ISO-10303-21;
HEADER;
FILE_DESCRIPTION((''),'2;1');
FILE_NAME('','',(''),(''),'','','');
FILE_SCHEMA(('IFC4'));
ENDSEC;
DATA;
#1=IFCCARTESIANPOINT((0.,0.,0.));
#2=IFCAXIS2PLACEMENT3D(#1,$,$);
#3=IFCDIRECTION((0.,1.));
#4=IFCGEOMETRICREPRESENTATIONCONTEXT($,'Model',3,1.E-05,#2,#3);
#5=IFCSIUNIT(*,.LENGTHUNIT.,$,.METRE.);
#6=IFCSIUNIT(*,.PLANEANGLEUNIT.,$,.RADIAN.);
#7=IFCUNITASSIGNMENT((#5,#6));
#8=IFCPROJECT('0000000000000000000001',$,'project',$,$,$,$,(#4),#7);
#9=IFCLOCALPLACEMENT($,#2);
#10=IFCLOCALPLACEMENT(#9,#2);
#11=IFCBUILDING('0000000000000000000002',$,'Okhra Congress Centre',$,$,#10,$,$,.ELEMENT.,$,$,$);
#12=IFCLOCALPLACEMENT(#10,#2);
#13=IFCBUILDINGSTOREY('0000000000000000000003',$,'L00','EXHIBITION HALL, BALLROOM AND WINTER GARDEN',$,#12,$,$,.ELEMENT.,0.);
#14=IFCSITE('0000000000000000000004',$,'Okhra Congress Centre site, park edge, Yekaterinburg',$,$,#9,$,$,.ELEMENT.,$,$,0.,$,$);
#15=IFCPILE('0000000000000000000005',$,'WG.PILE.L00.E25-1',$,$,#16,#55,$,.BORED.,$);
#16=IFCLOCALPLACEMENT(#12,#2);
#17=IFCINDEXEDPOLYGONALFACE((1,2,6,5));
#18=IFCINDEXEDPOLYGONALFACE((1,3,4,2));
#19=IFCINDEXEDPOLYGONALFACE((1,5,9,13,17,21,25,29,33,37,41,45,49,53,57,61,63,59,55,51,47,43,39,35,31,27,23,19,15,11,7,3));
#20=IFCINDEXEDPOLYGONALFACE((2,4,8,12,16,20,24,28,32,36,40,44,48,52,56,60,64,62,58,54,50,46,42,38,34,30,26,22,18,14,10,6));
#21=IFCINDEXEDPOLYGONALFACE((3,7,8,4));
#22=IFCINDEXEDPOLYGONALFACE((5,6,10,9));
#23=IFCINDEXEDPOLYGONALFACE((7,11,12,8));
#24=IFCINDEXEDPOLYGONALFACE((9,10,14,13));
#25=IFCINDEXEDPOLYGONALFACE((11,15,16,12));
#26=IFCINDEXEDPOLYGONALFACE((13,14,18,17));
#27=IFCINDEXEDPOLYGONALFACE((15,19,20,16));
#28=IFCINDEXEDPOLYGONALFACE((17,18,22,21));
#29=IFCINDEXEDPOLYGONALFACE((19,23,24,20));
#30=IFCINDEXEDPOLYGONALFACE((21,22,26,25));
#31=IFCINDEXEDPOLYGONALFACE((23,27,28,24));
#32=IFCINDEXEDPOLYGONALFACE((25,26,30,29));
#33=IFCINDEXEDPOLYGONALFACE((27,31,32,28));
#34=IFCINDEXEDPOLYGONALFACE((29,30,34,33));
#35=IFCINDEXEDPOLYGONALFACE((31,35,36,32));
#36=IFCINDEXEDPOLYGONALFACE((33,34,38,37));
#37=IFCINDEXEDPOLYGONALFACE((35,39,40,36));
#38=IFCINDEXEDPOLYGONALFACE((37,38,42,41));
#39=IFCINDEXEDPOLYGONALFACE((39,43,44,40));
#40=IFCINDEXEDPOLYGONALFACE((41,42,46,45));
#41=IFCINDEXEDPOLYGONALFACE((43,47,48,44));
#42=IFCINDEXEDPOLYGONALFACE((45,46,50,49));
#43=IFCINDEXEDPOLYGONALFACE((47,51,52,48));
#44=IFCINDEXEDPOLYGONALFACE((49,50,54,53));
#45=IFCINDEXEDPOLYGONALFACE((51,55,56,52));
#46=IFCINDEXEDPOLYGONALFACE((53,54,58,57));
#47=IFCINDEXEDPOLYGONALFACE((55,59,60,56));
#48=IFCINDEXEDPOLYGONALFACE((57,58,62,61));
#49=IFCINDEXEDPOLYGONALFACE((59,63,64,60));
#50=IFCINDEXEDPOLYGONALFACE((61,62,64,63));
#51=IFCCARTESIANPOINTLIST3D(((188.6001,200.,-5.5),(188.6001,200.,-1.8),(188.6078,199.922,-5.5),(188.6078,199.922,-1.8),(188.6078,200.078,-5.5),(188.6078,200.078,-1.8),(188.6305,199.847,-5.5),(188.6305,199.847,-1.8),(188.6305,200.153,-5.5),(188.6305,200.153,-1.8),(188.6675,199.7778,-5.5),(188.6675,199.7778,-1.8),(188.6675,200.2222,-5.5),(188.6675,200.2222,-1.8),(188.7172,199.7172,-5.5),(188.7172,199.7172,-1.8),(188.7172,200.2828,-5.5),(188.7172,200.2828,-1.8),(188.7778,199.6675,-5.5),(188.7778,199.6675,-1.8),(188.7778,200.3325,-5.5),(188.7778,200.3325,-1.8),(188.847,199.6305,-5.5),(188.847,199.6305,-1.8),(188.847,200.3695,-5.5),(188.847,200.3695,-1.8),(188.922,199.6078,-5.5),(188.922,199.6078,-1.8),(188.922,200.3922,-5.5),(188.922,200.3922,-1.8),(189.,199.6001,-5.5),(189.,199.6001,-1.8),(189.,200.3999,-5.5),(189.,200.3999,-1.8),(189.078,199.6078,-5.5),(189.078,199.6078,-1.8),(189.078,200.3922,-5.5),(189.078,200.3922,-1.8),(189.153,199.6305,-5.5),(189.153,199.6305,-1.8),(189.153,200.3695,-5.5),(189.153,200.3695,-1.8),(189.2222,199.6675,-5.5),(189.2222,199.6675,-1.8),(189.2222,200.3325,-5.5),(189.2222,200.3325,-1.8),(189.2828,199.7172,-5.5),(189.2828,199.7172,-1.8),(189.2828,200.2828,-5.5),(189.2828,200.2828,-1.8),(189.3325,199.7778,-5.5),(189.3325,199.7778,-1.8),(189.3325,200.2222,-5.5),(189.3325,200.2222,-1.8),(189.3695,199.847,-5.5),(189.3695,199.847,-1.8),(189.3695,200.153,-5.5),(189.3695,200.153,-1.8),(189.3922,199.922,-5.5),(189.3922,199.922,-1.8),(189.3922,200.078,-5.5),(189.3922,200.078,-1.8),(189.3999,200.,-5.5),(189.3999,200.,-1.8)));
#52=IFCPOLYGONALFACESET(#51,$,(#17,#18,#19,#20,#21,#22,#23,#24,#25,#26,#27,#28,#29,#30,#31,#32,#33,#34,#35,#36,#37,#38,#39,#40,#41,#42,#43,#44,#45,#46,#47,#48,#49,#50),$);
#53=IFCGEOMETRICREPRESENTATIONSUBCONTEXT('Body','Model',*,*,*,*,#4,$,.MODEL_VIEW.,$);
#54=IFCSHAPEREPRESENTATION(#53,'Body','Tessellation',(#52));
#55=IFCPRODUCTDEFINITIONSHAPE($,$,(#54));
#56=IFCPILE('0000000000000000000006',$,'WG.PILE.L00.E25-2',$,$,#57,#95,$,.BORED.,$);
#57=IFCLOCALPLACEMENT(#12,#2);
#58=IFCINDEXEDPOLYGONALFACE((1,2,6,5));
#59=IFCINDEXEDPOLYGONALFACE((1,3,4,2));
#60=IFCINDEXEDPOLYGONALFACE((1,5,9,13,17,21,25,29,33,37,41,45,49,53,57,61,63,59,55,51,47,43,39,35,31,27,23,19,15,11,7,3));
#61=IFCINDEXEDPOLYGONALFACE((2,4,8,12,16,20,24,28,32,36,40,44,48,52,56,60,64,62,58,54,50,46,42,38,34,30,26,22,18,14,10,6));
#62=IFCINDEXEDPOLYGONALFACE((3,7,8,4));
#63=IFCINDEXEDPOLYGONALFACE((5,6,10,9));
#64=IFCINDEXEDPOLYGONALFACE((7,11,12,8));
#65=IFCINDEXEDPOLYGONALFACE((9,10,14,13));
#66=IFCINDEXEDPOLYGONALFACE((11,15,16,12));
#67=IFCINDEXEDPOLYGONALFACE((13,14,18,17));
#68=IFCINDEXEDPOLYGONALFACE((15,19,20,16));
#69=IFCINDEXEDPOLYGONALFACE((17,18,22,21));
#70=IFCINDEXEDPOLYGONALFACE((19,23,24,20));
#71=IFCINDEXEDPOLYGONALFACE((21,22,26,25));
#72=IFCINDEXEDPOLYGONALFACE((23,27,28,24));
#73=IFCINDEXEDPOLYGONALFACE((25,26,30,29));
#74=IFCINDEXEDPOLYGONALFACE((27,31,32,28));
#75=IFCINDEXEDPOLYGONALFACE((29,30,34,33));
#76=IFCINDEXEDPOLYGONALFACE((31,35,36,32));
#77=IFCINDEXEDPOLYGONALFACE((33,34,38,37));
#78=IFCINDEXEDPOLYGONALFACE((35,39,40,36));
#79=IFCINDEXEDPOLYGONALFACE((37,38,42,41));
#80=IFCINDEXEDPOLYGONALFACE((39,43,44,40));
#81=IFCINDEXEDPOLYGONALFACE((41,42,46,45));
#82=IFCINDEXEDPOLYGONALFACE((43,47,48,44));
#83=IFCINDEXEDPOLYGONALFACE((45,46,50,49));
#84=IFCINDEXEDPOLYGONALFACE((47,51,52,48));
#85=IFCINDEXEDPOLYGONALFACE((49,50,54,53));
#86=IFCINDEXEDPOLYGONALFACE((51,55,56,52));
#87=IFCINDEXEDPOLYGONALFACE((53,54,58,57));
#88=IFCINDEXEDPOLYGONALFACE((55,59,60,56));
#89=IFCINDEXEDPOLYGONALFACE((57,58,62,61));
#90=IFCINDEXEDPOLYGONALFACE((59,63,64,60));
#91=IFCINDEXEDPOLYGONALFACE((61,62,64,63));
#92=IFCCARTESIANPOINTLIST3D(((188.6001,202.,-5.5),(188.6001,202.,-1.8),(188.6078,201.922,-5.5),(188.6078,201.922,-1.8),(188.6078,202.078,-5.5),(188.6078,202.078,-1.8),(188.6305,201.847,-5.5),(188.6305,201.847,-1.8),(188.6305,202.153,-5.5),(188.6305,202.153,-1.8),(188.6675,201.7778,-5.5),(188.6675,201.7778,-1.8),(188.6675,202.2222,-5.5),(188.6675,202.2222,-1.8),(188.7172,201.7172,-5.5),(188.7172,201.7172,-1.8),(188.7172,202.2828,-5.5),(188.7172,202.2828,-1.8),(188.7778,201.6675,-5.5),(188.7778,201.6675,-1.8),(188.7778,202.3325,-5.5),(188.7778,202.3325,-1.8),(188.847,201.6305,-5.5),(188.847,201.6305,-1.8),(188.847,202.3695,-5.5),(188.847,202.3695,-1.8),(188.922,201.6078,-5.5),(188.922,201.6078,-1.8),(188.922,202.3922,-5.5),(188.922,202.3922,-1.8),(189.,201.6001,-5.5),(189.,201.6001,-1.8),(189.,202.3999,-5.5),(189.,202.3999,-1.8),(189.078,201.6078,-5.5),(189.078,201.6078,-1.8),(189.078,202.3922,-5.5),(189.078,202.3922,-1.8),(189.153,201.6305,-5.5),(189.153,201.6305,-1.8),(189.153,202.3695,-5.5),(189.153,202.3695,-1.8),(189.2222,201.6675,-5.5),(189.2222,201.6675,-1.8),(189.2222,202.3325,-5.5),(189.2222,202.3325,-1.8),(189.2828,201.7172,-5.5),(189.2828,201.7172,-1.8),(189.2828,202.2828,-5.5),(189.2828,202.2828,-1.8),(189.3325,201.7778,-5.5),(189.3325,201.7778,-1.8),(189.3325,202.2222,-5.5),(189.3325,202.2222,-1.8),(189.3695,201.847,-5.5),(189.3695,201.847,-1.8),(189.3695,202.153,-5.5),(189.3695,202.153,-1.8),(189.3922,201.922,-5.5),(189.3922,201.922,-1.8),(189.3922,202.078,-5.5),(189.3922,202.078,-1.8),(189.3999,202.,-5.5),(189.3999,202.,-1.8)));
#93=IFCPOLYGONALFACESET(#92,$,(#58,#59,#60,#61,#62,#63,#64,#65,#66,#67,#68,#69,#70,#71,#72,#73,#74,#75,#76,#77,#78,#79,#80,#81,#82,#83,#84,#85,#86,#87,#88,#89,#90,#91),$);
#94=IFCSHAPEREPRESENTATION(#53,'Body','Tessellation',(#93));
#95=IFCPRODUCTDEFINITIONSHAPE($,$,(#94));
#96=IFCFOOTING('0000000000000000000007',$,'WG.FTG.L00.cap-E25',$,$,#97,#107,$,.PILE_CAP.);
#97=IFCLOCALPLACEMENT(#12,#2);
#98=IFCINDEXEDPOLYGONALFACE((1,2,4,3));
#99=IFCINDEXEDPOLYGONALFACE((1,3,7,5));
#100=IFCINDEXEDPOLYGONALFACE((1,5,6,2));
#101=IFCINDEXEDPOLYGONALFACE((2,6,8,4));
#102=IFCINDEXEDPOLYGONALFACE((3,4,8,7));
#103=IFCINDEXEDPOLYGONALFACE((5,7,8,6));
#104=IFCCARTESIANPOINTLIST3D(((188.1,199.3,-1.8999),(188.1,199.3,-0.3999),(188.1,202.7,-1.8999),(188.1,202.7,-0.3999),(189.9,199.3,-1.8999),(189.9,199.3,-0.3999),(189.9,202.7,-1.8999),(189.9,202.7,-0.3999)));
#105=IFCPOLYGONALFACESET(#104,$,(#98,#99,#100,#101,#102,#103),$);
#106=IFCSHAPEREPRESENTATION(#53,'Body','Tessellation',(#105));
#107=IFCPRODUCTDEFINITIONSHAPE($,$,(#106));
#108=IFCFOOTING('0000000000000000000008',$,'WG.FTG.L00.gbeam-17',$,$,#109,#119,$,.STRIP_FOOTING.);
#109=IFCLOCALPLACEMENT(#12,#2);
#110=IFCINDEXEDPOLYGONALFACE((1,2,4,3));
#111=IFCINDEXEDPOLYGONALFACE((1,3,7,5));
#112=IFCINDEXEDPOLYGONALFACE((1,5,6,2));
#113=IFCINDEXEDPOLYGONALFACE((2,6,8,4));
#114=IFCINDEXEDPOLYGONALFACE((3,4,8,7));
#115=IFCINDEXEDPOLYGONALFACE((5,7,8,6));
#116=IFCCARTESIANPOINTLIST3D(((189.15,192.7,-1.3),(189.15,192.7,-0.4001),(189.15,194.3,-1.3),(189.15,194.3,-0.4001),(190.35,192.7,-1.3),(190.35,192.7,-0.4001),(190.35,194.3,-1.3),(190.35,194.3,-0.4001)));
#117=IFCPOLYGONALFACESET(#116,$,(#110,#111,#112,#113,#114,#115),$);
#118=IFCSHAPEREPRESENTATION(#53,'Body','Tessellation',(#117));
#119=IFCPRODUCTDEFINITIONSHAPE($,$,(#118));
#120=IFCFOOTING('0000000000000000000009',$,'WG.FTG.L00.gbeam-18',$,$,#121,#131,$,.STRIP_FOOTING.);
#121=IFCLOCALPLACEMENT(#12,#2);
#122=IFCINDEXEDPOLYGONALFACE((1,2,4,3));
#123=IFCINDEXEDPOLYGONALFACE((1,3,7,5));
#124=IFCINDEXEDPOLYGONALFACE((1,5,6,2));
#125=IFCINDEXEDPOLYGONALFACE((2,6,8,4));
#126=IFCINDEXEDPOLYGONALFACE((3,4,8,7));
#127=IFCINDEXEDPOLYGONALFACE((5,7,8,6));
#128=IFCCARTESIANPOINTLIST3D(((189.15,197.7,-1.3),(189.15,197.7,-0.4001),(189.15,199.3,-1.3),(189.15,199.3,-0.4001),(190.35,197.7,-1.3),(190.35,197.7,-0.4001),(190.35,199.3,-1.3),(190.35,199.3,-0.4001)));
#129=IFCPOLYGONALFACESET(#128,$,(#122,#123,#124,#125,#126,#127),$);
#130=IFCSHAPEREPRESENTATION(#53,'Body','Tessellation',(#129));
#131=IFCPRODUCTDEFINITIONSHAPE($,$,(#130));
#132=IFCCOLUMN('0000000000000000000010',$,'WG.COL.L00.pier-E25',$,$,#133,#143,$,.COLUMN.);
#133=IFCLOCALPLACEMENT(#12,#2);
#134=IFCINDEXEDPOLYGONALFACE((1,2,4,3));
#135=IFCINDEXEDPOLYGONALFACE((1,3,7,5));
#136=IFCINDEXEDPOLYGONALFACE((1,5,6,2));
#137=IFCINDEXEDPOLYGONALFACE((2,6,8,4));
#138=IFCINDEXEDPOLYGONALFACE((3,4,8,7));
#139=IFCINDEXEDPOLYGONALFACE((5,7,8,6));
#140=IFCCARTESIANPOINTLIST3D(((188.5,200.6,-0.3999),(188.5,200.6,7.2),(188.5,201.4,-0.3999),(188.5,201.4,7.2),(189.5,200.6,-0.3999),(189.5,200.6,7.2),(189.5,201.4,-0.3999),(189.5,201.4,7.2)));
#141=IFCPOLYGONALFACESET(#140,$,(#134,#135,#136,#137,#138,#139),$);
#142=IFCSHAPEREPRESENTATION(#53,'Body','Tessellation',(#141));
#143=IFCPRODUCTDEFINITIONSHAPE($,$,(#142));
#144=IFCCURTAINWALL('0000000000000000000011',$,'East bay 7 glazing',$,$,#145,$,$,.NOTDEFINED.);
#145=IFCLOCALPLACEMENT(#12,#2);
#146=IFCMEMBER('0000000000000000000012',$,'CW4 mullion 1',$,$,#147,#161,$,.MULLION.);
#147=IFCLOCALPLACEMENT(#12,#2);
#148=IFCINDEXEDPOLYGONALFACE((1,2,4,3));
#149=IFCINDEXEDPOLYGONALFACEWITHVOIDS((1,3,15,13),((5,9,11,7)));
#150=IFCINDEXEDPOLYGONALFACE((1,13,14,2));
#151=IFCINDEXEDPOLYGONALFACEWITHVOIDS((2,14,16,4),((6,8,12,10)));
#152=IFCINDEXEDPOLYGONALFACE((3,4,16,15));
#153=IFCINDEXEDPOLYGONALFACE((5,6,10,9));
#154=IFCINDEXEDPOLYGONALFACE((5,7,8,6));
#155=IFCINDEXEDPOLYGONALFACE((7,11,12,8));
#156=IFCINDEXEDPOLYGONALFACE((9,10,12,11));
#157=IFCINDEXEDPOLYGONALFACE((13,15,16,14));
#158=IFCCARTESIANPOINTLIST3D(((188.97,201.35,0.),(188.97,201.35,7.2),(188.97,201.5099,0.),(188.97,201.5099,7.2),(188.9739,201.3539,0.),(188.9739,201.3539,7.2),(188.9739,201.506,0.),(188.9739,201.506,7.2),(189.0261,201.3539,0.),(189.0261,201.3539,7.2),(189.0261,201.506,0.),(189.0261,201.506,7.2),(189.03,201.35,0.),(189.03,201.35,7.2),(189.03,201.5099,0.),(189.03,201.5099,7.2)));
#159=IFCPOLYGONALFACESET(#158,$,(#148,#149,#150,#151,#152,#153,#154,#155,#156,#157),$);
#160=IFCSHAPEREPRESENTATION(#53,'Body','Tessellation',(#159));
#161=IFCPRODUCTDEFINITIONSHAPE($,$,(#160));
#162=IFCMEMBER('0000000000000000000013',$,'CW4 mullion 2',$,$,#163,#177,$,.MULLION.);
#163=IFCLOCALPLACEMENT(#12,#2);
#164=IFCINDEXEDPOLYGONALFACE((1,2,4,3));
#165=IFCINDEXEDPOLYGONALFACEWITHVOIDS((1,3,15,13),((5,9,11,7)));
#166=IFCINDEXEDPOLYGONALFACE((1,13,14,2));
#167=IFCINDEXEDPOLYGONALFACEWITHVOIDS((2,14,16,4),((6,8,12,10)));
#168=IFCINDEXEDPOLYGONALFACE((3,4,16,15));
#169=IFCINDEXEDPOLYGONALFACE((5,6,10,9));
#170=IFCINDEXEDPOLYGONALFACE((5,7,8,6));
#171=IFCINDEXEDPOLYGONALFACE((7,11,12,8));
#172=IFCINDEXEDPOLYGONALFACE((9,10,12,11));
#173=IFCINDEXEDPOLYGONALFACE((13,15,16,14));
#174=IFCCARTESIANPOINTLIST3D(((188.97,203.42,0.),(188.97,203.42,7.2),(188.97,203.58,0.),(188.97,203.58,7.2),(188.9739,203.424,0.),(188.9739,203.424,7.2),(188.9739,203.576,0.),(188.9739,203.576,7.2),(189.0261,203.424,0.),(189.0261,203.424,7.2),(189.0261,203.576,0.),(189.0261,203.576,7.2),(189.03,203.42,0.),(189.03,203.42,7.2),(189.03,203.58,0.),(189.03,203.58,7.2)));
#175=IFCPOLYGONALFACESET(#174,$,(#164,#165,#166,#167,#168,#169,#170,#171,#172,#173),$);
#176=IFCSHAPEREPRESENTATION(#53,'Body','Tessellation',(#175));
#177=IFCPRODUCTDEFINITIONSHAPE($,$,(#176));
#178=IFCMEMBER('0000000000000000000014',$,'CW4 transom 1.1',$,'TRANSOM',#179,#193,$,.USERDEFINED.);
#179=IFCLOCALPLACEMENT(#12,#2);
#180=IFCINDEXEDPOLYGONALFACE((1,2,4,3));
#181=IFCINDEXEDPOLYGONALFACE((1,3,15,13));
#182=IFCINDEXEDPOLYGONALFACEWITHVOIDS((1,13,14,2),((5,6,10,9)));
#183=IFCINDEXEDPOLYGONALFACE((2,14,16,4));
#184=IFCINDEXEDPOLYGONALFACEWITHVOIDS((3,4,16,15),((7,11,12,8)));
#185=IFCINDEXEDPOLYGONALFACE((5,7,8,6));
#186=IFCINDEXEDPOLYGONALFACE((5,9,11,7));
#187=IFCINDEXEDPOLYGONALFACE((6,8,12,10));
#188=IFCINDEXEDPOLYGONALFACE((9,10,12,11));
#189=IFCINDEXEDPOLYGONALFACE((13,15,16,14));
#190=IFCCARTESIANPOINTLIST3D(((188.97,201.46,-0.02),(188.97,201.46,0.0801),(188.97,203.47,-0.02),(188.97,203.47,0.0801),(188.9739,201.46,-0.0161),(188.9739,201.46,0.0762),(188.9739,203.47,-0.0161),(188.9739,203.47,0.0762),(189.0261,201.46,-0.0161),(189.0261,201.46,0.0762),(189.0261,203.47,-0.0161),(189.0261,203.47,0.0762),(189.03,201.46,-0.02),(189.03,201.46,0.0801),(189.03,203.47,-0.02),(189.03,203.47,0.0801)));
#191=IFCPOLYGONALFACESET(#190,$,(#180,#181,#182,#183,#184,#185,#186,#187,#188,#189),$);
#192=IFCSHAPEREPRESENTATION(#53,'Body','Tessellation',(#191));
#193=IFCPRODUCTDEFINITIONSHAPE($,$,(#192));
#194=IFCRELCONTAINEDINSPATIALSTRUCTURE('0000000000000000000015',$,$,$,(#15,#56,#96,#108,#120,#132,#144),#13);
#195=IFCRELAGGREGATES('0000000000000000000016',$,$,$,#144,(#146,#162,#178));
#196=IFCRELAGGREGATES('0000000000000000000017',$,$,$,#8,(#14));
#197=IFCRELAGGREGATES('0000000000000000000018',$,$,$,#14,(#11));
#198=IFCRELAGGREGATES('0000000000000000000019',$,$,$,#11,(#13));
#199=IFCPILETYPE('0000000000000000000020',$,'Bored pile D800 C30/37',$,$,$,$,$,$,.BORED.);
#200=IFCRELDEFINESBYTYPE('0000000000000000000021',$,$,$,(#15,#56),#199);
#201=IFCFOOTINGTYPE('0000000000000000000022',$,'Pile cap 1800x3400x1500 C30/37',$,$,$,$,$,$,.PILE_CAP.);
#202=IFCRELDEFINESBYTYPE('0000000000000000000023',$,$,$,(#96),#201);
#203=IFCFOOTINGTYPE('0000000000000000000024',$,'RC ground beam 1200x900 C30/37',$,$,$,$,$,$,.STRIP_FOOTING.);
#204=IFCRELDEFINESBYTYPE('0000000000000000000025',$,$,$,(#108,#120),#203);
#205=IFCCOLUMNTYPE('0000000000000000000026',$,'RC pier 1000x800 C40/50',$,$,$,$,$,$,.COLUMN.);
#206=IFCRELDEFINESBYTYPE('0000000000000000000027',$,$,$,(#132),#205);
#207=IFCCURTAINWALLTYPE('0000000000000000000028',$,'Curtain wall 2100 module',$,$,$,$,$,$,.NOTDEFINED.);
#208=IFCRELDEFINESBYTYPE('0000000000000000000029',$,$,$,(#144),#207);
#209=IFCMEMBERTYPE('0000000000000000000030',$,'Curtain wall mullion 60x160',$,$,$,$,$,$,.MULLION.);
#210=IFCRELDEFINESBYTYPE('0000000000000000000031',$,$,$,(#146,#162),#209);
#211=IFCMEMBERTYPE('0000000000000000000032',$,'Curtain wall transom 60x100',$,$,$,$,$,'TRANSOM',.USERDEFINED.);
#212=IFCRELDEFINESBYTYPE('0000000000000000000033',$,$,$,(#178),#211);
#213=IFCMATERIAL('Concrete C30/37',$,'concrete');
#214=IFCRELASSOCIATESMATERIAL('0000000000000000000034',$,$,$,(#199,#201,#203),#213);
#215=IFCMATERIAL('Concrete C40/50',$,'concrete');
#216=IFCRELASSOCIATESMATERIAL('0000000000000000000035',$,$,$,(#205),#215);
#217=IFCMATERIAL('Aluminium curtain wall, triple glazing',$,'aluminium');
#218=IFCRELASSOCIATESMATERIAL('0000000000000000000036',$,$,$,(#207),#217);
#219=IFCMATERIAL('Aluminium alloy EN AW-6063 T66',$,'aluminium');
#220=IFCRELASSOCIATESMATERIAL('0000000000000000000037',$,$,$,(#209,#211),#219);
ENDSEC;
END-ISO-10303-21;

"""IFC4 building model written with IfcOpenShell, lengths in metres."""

from ifc_helpers import new_model, si_unit, direction, frame, origin, origin_2d, place, context, subcontext, project, spatial, rectangle, hollow_rectangle, circle, extrude, material, material_profile, profile_set, type_object, element, aggregate, save


model = new_model("IFC4")

# Units and contexts
model_context = context("Model", 3, precision=1e-05, world=origin(), true_north=direction((0.0, 1.0)))
body_context = subcontext(model_context, "Body", "Model", "MODEL_VIEW")
ifc_project = project(units=[si_unit("LENGTHUNIT", "METRE"), si_unit("PLANEANGLEUNIT", "RADIAN")], contexts=[model_context])

# Site, building, storey
site_placement = place(None, origin())
site = spatial("IfcSite", under=ifc_project, at=site_placement, Name="Okhra Congress Centre site, park edge, Yekaterinburg", CompositionType="ELEMENT", RefElevation=0.0)
building_placement = place(site_placement, origin())
building = spatial("IfcBuilding", under=site, at=building_placement, Name="Okhra Congress Centre", CompositionType="ELEMENT")
storey_placement = place(building_placement, origin())
storey = spatial("IfcBuildingStorey", under=building, at=storey_placement, Name="L00", Description="EXHIBITION HALL, BALLROOM AND WINTER GARDEN", CompositionType="ELEMENT", Elevation=0.0)

# Piles
ifc_material_1 = material(Name="Concrete C30/37", Category="concrete")
ifc_material_profile_1 = material_profile(ifc_material_1, circle(Radius=0.3999, at=origin_2d()), Name="D800")
ifc_profile_set_1 = profile_set([ifc_material_profile_1], Name="Concrete C30/37")
pile_type = type_object("IfcPileType", Name="Bored pile D800 C30/37", PredefinedType="BORED", material=ifc_profile_set_1)
for number, where, z_axis, x_axis, name in (
    (1, (189.0, 200.0, -1.8), (0.0, 0.0, -1.0), (1.0, 0.0, 0.0), "WG.PILE.L00.E25-1"),
    (2, (189.0, 202.0, -1.8), (0.0, 0.0, -1.0), (1.0, 0.0, 0.0), "WG.PILE.L00.E25-2"),
):
    element("IfcPile", number, at=place(storey_placement, frame(where, z_axis=z_axis, x_axis=x_axis)), inside=storey, type_object=pile_type, Name=name, PredefinedType="BORED", context=body_context, shape_type="SweptSolid", body=[
        extrude(circle(Radius=0.3999, at=origin_2d()), origin(), (0.0, 0.0, 1.0), 3.7),
    ])

# Footings
footing_type_1 = type_object("IfcFootingType", Name="Pile cap 1800x3400x1500 C30/37", PredefinedType="PILE_CAP", material=ifc_material_1)
footing_placement = place(storey_placement, frame((189.0, 201.0, -1.8999), z_axis=(0.0, 0.0, 1.0), x_axis=(1.0, 0.0, 0.0)))
element("IfcFooting", 3, at=footing_placement, inside=storey, type_object=footing_type_1, Name="WG.FTG.L00.cap-E25", PredefinedType="PILE_CAP", context=body_context, shape_type="SweptSolid", body=[
    extrude(rectangle(XDim=1.8, YDim=3.3999, at=origin_2d()), origin(), (0.0, 0.0, 1.0), 1.5),
])
footing_type_2 = type_object("IfcFootingType", Name="RC ground beam 1200x900 C30/37", PredefinedType="STRIP_FOOTING", material=ifc_material_1)
for number, where, z_axis, x_axis, name in (
    (4, (189.75, 193.5, -1.3), (0.0, 0.0, 1.0), (1.0, 0.0, 0.0), "WG.FTG.L00.gbeam-17"),
    (5, (189.75, 198.5, -1.3), (0.0, 0.0, 1.0), (1.0, 0.0, 0.0), "WG.FTG.L00.gbeam-18"),
):
    element("IfcFooting", number, at=place(storey_placement, frame(where, z_axis=z_axis, x_axis=x_axis)), inside=storey, type_object=footing_type_2, Name=name, PredefinedType="STRIP_FOOTING", context=body_context, shape_type="SweptSolid", body=[
        extrude(rectangle(XDim=1.2, YDim=1.6001, at=origin_2d()), origin(), (0.0, 0.0, 1.0), 0.8999),
    ])

# Column
ifc_material_2 = material(Name="Concrete C40/50", Category="concrete")
ifc_material_profile_2 = material_profile(ifc_material_2, rectangle(XDim=1.0, YDim=0.8, at=origin_2d()), Name="RC 1000x800")
ifc_profile_set_2 = profile_set([ifc_material_profile_2], Name="Concrete C40/50")
column_type = type_object("IfcColumnType", Name="RC pier 1000x800 C40/50", PredefinedType="COLUMN", material=ifc_profile_set_2)
column_placement = place(storey_placement, frame((189.0, 201.0, -0.3999), z_axis=(0.0, 0.0, 1.0), x_axis=(1.0, 0.0, 0.0)))
element("IfcColumn", 6, at=column_placement, inside=storey, type_object=column_type, Name="WG.COL.L00.pier-E25", PredefinedType="COLUMN", context=body_context, shape_type="SweptSolid", body=[
    extrude(rectangle(XDim=1.0, YDim=0.8, at=origin_2d()), origin(), (0.0, 0.0, 1.0), 7.5999),
])

# Curtain wall, members
ifc_material_3 = material(Name="Aluminium curtain wall, triple glazing", Category="aluminium")
curtain_wall_type = type_object("IfcCurtainWallType", Name="Curtain wall 2100 module", PredefinedType="NOTDEFINED", material=ifc_material_3)
curtain_wall_placement = place(storey_placement, origin())
curtain_wall = element("IfcCurtainWall", 7, at=curtain_wall_placement, inside=storey, type_object=curtain_wall_type, Name="East bay 7 glazing", PredefinedType="NOTDEFINED")
ifc_material_4 = material(Name="Aluminium alloy EN AW-6063 T66", Category="aluminium")
ifc_material_profile_3 = material_profile(ifc_material_4, hollow_rectangle(XDim=0.0601, YDim=0.1599, WallThickness=0.0039, at=origin_2d()), Name="RHS 60x160x4")
ifc_profile_set_3 = profile_set([ifc_material_profile_3], Name="Aluminium alloy EN AW-6063 T66")
member_type_1 = type_object("IfcMemberType", Name="Curtain wall mullion 60x160", PredefinedType="MULLION", material=ifc_profile_set_3)
member_1_placement = place(storey_placement, frame((189.0, 201.4299, 0.0), z_axis=(0.0, 0.0, 1.0), x_axis=(-1.0, 0.0, 0.0)))
member_1 = element("IfcMember", 8, at=member_1_placement, type_object=member_type_1, Name="CW4 mullion 1", PredefinedType="MULLION", context=body_context, shape_type="SweptSolid", body=[
    extrude(hollow_rectangle(XDim=0.0601, YDim=0.1599, WallThickness=0.0039, at=origin_2d()), origin(), (0.0, 0.0, 1.0), 7.2),
])
member_2_placement = place(storey_placement, frame((189.0, 203.5, 0.0), z_axis=(0.0, 0.0, 1.0), x_axis=(-1.0, 0.0, 0.0)))
member_2 = element("IfcMember", 9, at=member_2_placement, type_object=member_type_1, Name="CW4 mullion 2", PredefinedType="MULLION", context=body_context, shape_type="SweptSolid", body=[
    extrude(hollow_rectangle(XDim=0.0601, YDim=0.1599, WallThickness=0.0039, at=origin_2d()), origin(), (0.0, 0.0, 1.0), 7.2),
])
ifc_material_profile_4 = material_profile(ifc_material_4, hollow_rectangle(XDim=0.0601, YDim=0.1001, WallThickness=0.0039, at=origin_2d()), Name="RHS 60x100x4")
ifc_profile_set_4 = profile_set([ifc_material_profile_4], Name="Aluminium alloy EN AW-6063 T66")
member_type_2 = type_object("IfcMemberType", Name="Curtain wall transom 60x100", ElementType="TRANSOM", PredefinedType="USERDEFINED", material=ifc_profile_set_4)
member_3_placement = place(storey_placement, frame((189.0, 201.46, 0.03), z_axis=(0.0, 1.0, 0.0), x_axis=(-1.0, 0.0, 0.0)))
member_3 = element("IfcMember", 10, at=member_3_placement, type_object=member_type_2, Name="CW4 transom 1.1", ObjectType="TRANSOM", PredefinedType="USERDEFINED", context=body_context, shape_type="SweptSolid", body=[
    extrude(hollow_rectangle(XDim=0.0601, YDim=0.1001, WallThickness=0.0039, at=origin_2d()), origin(), (0.0, 0.0, 1.0), 2.01),
])
aggregate(curtain_wall, [member_1, member_2, member_3])

save(model, "model.ifc")
